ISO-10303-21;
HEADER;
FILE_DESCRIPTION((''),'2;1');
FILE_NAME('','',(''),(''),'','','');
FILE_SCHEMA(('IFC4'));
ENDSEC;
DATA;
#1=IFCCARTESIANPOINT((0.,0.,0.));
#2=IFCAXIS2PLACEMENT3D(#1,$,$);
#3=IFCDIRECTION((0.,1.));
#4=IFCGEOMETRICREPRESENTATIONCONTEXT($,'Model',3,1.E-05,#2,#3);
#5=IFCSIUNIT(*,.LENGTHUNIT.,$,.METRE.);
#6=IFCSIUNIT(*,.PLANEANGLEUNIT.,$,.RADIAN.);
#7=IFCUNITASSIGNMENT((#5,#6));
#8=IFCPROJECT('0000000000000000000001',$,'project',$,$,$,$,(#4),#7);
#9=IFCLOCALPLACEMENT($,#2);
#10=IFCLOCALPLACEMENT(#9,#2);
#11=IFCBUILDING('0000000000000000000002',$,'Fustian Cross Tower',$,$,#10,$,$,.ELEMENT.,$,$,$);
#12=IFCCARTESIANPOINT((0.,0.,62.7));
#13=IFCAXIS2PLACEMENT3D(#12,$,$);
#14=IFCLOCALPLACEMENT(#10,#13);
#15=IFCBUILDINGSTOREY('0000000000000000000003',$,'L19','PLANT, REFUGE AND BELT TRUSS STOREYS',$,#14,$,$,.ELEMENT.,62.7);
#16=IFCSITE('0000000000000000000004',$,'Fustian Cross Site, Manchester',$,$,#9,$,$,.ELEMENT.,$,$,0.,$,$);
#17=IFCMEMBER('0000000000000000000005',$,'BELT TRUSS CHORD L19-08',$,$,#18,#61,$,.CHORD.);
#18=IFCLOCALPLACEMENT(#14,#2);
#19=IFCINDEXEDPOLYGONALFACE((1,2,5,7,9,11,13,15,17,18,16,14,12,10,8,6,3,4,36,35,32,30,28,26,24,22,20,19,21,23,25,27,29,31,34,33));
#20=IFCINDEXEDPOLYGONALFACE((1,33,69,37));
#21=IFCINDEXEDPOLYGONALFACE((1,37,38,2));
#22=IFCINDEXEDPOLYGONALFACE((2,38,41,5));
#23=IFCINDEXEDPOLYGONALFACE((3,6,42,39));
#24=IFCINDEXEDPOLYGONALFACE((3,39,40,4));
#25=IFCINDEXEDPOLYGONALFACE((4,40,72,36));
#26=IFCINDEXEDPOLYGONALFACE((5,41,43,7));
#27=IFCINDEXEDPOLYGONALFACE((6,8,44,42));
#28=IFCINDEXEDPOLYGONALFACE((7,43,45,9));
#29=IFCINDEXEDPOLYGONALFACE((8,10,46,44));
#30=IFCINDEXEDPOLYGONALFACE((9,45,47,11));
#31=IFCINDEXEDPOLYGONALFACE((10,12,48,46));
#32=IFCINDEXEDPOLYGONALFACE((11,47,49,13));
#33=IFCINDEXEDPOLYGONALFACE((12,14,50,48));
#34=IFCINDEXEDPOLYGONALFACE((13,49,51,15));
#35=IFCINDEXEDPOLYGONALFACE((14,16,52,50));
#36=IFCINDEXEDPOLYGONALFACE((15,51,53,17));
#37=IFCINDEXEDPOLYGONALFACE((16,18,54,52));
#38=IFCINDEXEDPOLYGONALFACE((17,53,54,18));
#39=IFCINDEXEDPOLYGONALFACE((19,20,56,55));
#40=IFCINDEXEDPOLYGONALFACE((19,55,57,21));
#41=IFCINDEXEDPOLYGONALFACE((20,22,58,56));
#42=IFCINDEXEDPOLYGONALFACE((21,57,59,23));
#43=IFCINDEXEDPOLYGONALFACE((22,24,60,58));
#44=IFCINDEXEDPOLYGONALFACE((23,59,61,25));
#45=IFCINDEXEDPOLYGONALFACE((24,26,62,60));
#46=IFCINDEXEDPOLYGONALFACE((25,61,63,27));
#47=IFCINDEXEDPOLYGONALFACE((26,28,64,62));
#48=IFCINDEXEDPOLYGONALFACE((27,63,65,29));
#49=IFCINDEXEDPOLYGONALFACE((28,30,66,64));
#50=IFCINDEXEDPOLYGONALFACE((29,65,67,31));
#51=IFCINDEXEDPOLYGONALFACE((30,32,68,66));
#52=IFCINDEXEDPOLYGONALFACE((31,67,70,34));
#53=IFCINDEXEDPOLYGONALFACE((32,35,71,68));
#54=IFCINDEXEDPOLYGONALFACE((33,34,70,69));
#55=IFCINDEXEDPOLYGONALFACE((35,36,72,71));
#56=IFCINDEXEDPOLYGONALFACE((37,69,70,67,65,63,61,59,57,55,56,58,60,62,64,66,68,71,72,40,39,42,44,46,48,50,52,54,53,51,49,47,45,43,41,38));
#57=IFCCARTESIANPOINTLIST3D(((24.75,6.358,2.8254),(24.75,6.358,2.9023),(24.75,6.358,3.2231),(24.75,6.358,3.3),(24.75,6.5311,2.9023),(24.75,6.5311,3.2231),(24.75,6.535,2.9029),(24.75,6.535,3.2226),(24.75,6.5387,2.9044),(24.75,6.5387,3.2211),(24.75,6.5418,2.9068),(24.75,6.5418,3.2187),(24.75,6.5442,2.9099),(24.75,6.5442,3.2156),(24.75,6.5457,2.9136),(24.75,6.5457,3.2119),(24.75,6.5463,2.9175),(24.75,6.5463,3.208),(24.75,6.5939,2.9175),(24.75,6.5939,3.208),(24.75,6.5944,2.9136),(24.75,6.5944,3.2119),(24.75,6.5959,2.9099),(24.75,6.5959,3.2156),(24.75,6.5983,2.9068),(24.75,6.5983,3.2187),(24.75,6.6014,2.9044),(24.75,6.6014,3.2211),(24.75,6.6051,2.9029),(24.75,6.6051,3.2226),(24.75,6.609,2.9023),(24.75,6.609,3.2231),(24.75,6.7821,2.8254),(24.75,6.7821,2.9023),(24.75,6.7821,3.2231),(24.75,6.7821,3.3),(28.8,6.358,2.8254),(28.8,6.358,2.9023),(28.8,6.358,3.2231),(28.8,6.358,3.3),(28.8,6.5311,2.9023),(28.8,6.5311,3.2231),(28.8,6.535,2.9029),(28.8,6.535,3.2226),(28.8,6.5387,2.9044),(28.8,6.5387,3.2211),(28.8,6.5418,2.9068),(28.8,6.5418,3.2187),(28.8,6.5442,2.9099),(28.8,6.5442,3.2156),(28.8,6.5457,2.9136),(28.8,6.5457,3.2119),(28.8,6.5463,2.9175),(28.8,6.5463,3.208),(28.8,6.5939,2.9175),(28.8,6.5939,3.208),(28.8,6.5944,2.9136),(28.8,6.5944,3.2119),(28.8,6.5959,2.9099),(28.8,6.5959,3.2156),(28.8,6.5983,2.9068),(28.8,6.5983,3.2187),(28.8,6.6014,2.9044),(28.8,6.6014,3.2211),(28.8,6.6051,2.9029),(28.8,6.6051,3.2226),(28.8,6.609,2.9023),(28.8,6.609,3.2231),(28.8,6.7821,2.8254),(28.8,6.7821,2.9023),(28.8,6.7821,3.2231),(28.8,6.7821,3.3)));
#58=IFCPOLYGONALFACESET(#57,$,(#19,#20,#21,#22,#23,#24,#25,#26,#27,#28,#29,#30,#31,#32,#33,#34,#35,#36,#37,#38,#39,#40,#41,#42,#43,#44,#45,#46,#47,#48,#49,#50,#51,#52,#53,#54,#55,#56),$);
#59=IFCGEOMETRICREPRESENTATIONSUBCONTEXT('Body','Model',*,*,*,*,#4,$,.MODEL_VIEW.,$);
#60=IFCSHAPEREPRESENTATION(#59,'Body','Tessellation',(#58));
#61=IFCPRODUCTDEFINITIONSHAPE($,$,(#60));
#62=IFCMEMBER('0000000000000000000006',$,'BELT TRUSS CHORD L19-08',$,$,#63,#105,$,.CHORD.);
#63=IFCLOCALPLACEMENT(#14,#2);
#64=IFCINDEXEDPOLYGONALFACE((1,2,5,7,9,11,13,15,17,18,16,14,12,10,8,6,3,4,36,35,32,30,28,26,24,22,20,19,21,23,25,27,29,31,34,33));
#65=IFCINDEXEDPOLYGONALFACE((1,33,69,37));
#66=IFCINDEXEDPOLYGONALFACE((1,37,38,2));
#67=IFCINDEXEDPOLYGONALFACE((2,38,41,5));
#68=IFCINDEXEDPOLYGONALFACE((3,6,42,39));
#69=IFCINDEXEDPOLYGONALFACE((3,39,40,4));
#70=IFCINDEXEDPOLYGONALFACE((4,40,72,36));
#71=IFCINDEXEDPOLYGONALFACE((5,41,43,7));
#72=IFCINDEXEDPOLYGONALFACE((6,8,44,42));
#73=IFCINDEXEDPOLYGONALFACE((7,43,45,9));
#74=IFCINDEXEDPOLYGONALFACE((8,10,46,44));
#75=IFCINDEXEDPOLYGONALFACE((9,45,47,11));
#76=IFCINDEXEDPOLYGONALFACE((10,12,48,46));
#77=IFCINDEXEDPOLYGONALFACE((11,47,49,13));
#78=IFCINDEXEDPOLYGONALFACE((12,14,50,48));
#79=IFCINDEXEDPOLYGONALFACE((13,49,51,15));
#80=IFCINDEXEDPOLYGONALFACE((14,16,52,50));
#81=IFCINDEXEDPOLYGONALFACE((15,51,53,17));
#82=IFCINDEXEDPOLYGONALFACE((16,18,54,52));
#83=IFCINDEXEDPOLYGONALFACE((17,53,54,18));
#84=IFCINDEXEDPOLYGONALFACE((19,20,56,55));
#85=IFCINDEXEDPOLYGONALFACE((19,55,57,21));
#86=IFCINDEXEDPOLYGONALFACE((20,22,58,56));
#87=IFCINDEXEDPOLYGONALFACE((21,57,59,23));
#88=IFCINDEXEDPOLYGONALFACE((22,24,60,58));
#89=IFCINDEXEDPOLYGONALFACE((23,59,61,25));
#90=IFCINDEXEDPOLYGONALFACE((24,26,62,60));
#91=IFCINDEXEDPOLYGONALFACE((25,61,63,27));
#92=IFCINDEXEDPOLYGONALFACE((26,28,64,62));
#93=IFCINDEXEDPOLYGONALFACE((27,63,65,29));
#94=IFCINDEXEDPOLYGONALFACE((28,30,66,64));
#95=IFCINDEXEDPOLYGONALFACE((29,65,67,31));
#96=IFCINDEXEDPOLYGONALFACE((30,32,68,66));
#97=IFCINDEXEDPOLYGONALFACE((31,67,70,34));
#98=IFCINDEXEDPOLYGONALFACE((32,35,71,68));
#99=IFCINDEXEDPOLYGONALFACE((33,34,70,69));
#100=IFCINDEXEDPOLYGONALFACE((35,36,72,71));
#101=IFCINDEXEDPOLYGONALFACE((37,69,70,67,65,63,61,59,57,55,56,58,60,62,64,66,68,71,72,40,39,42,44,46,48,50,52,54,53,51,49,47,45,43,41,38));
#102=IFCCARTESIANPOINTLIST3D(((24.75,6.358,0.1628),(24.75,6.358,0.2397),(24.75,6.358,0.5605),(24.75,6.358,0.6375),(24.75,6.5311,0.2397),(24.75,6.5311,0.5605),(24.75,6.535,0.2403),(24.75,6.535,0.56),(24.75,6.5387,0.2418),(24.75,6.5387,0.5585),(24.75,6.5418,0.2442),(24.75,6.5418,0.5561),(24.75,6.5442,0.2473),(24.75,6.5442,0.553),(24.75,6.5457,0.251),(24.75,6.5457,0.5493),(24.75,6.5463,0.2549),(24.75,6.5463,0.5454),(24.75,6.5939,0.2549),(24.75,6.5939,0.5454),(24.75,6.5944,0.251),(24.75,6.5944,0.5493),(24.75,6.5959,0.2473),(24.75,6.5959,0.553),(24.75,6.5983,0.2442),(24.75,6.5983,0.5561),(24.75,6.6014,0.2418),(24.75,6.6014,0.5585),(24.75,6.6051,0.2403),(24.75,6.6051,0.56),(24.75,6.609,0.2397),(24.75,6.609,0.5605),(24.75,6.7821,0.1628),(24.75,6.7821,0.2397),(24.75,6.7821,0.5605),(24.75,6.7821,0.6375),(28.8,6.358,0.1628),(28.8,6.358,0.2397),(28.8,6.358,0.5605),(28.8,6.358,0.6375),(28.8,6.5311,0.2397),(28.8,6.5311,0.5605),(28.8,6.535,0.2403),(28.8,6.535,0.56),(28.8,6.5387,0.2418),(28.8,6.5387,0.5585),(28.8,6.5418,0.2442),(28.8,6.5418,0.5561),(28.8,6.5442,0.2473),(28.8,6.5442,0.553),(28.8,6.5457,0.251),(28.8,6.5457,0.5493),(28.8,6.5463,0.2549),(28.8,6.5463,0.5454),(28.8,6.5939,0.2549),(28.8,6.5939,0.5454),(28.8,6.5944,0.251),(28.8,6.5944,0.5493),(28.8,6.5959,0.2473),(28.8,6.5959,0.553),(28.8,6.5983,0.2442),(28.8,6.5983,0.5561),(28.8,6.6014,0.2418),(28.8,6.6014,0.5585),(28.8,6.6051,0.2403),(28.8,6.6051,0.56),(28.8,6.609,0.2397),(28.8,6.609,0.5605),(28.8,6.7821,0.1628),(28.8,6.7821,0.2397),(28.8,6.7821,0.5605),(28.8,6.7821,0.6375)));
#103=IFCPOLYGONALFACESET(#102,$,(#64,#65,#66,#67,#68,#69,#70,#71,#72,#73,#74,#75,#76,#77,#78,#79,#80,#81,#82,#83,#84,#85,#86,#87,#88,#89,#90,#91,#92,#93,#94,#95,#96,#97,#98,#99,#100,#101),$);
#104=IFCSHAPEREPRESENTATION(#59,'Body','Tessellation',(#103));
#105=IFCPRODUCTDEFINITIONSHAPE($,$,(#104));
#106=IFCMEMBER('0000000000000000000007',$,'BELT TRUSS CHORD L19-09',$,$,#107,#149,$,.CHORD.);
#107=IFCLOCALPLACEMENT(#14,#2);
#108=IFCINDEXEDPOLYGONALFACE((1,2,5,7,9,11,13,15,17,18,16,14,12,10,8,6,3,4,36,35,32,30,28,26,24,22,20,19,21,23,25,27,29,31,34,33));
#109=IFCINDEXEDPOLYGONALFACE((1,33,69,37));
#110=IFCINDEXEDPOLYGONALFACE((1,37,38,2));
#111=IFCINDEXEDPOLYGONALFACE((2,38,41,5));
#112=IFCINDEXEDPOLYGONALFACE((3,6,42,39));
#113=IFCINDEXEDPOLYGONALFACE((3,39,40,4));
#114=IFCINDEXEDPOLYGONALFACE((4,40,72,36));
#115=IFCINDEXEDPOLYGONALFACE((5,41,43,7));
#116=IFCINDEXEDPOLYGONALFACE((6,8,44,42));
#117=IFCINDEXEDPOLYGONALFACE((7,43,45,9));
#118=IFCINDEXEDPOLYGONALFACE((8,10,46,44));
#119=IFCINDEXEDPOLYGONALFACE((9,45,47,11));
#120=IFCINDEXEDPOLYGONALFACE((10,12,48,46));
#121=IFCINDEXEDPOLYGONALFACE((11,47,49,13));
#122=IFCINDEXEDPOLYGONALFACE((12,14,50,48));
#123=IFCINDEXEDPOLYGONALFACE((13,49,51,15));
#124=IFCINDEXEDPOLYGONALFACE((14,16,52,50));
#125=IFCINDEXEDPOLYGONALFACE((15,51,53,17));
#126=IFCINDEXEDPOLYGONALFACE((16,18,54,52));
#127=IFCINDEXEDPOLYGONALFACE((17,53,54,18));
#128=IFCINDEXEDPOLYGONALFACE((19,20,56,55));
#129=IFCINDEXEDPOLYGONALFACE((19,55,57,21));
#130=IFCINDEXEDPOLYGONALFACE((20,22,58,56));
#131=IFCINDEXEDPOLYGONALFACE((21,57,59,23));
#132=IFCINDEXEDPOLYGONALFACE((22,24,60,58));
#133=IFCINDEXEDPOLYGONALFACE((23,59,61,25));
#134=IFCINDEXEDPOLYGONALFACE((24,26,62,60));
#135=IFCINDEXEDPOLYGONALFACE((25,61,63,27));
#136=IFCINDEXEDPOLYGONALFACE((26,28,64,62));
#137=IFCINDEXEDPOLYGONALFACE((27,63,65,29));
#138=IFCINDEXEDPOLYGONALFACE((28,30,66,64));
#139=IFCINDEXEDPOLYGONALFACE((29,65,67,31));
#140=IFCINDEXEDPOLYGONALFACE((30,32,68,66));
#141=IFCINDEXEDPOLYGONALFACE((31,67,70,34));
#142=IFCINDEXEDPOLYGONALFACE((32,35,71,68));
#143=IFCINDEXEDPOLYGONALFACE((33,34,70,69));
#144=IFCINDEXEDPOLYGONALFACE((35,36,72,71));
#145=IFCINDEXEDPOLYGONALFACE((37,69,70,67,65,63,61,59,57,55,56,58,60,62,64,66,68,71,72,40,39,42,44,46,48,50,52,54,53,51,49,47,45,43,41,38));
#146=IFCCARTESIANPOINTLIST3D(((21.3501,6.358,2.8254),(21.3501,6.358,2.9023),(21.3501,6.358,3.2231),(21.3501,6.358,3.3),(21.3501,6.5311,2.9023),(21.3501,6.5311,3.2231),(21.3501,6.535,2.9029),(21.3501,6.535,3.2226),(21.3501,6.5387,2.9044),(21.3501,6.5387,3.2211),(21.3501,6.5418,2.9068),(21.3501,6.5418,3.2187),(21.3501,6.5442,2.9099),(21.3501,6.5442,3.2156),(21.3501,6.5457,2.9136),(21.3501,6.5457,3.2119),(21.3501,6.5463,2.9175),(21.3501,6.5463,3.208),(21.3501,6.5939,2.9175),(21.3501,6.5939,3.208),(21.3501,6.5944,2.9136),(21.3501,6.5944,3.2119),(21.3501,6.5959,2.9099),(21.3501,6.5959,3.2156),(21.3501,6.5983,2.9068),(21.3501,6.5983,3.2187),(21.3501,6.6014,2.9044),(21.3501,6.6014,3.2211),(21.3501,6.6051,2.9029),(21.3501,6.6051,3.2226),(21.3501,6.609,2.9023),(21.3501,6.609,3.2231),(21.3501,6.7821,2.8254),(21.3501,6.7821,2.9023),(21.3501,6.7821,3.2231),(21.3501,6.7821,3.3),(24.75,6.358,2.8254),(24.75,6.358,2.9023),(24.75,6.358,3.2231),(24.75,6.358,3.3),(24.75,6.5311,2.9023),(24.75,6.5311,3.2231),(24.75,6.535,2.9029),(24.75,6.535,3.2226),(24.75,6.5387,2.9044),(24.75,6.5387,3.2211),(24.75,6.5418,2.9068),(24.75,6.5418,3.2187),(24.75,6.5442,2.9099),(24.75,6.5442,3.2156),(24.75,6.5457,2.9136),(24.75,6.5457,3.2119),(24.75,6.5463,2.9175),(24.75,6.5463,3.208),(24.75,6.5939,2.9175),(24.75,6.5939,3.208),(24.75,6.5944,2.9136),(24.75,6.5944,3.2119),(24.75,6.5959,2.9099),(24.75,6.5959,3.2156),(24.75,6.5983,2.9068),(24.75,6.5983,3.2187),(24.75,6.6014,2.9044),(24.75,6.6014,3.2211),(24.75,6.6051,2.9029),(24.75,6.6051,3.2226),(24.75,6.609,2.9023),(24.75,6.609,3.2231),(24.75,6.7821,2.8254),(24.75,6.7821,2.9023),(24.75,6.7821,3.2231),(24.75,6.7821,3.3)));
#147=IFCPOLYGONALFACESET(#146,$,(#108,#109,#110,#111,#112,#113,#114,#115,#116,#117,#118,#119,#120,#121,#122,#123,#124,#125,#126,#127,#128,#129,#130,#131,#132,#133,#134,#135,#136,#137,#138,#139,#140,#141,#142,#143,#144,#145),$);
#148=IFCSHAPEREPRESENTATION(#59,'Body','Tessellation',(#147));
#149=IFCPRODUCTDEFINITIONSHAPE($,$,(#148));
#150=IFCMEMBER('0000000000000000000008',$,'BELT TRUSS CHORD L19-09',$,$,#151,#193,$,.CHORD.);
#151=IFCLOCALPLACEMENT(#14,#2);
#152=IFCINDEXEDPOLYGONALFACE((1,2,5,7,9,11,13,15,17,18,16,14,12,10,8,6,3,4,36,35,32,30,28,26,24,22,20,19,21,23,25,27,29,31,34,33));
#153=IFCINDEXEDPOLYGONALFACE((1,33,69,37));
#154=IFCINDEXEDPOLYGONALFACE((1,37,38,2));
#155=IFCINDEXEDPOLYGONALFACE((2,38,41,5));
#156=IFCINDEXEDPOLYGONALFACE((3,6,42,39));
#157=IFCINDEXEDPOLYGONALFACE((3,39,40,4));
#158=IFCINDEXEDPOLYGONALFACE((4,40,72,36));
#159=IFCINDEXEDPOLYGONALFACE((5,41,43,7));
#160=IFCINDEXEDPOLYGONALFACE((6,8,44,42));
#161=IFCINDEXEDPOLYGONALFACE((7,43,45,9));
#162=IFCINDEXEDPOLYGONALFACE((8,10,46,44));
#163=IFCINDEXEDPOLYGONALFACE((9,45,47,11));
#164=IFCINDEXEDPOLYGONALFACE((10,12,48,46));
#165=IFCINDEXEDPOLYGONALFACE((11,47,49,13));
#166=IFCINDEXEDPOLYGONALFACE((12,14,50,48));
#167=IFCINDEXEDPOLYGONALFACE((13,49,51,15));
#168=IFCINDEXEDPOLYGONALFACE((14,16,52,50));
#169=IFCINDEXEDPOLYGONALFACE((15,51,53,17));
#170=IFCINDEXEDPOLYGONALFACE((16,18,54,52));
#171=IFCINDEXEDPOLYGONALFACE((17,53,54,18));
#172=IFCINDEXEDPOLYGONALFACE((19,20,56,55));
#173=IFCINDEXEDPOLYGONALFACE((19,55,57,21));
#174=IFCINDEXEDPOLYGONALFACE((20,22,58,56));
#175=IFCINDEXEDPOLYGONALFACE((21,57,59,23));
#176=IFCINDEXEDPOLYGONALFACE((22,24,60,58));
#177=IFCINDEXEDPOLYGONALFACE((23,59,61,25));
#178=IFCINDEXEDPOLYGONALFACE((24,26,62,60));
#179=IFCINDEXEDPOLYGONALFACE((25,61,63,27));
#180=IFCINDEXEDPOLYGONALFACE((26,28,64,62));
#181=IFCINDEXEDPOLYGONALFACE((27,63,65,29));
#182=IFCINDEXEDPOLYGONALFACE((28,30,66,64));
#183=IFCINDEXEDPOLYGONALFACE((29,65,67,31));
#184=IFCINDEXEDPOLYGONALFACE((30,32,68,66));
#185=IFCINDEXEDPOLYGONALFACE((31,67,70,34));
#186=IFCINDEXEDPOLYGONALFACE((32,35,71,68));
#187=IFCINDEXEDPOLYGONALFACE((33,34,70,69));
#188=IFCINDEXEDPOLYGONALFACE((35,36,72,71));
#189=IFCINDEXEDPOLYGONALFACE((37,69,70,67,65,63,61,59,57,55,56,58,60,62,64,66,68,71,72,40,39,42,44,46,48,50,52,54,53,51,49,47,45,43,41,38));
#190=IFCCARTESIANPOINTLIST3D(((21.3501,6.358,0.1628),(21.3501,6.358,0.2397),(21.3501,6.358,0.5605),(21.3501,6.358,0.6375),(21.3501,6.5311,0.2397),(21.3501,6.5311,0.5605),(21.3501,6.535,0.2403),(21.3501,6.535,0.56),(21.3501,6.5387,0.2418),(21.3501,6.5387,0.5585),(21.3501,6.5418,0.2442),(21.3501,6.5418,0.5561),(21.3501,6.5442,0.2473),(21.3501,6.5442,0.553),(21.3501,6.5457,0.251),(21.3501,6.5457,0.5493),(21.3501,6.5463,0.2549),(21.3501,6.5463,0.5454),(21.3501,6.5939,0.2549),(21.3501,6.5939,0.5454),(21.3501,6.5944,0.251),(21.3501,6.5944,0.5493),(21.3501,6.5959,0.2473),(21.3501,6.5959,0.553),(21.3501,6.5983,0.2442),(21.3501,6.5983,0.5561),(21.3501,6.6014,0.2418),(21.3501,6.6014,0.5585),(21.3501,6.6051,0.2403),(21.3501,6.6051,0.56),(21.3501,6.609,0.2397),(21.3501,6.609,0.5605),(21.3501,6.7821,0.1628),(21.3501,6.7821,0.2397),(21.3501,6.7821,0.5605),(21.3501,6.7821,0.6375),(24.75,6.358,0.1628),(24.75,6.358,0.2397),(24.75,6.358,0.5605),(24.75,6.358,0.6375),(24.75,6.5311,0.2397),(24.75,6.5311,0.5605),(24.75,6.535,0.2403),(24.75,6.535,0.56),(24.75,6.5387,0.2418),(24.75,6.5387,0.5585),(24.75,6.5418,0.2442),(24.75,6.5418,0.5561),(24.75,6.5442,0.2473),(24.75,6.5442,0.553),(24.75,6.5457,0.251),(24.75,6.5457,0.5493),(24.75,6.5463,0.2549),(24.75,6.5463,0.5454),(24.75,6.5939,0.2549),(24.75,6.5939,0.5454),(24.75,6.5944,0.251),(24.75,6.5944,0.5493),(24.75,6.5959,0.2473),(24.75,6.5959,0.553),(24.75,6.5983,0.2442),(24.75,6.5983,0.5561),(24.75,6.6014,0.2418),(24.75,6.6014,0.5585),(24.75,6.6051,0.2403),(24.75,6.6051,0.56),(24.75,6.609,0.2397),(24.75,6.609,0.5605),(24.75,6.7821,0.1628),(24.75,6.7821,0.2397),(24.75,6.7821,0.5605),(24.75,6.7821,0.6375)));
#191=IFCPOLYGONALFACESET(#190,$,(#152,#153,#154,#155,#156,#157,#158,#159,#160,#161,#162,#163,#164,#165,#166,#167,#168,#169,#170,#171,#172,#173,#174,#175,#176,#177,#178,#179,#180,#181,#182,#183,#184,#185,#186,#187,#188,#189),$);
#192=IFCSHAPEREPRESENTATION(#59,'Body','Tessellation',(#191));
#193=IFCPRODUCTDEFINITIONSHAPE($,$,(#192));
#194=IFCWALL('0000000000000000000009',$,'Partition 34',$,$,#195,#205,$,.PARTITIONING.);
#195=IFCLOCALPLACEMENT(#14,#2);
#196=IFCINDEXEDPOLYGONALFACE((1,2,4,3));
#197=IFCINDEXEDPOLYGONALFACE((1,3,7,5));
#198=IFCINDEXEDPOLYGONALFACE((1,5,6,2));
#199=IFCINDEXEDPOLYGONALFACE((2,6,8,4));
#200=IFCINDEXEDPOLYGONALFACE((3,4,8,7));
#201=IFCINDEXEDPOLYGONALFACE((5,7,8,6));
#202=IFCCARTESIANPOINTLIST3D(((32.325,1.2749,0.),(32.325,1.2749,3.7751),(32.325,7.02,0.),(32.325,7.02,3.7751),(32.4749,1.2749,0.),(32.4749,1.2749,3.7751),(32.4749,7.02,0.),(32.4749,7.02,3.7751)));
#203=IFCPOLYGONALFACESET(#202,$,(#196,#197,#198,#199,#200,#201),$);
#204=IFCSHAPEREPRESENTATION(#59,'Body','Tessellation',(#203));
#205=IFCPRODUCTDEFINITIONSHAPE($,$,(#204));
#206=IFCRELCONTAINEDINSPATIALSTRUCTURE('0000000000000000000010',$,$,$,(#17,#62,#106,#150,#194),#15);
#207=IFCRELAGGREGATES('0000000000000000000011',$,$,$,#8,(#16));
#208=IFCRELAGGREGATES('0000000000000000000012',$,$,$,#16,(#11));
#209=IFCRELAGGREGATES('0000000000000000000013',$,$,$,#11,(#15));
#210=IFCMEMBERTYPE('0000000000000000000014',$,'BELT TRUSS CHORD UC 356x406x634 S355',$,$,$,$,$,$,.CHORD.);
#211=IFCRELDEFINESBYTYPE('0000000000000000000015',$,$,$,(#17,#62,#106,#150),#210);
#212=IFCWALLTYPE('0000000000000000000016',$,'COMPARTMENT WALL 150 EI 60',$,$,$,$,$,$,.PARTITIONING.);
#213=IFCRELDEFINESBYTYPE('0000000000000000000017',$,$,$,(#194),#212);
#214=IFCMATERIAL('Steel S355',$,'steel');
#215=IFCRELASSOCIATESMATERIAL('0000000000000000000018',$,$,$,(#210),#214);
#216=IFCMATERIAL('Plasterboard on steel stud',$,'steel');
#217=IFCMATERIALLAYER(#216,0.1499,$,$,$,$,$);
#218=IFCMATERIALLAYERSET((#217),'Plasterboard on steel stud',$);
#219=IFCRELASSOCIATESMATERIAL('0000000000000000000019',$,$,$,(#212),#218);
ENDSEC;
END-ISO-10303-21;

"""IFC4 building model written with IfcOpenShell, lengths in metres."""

from ifc_helpers import new_model, si_unit, direction, frame, frame_2d, origin, origin_2d, place, context, subcontext, project, spatial, rectangle, i_section, extrude, material, layer, layer_set, material_profile, profile_set, type_object, element, save


model = new_model("IFC4")

# Units and contexts
model_context = context("Model", 3, precision=1e-05, world=origin(), true_north=direction((0.0, 1.0)))
body_context = subcontext(model_context, "Body", "Model", "MODEL_VIEW")
ifc_project = project(units=[si_unit("LENGTHUNIT", "METRE"), si_unit("PLANEANGLEUNIT", "RADIAN")], contexts=[model_context])

# Site, building, storey
site_placement = place(None, origin())
site = spatial("IfcSite", under=ifc_project, at=site_placement, Name="Fustian Cross Site, Manchester", CompositionType="ELEMENT", RefElevation=0.0)
building_placement = place(site_placement, origin())
building = spatial("IfcBuilding", under=site, at=building_placement, Name="Fustian Cross Tower", CompositionType="ELEMENT")
storey_placement = place(building_placement, frame((0.0, 0.0, 62.7)))
storey = spatial("IfcBuildingStorey", under=building, at=storey_placement, Name="L19", Description="PLANT, REFUGE AND BELT TRUSS STOREYS", CompositionType="ELEMENT", Elevation=62.7)

# Members
ifc_material_1 = material(Name="Steel S355", Category="steel")
ifc_material_profile_1 = material_profile(ifc_material_1, i_section(OverallWidth=0.4241, OverallDepth=0.4746, WebThickness=0.0476, FlangeThickness=0.0769, FilletRadius=0.0151, at=origin_2d()), Name="UC 356x406x634")
ifc_profile_set_1 = profile_set([ifc_material_profile_1], Name="Steel S355")
member_type_1 = type_object("IfcMemberType", Name="BELT TRUSS CHORD UC 356x406x634 S355", PredefinedType="CHORD", material=ifc_profile_set_1)
for number, where, z_axis, x_axis, name in (
    (1, (28.8, 6.5701, 3.0627), (-1.0, 0.0, 0.0), (0.0, -1.0, 0.0), "BELT TRUSS CHORD L19-08"),
    (2, (28.8, 6.5701, 0.4001), (-1.0, 0.0, 0.0), (0.0, -1.0, 0.0), "BELT TRUSS CHORD L19-08"),
):
    element("IfcMember", number, at=place(storey_placement, frame(where, z_axis=z_axis, x_axis=x_axis)), inside=storey, type_object=member_type_1, Name=name, PredefinedType="CHORD", context=body_context, shape_type="SweptSolid", body=[
        extrude(i_section(OverallWidth=0.4241, OverallDepth=0.4746, WebThickness=0.0476, FlangeThickness=0.0769, FilletRadius=0.0151, at=origin_2d()), origin(), (0.0, 0.0, 1.0), 4.05),
    ])
for number, where, z_axis, x_axis, name in (
    (3, (24.75, 6.5701, 3.0627), (-1.0, 0.0, 0.0), (0.0, -1.0, 0.0), "BELT TRUSS CHORD L19-09"),
    (4, (24.75, 6.5701, 0.4001), (-1.0, 0.0, 0.0), (0.0, -1.0, 0.0), "BELT TRUSS CHORD L19-09"),
):
    element("IfcMember", number, at=place(storey_placement, frame(where, z_axis=z_axis, x_axis=x_axis)), inside=storey, type_object=member_type_1, Name=name, PredefinedType="CHORD", context=body_context, shape_type="SweptSolid", body=[
        extrude(i_section(OverallWidth=0.4241, OverallDepth=0.4746, WebThickness=0.0476, FlangeThickness=0.0769, FilletRadius=0.0151, at=origin_2d()), origin(), (0.0, 0.0, 1.0), 3.3999),
    ])

# Wall
ifc_material_2 = material(Name="Plasterboard on steel stud", Category="steel")
ifc_layer_1 = layer(ifc_material_2, 0.1499)
ifc_layer_set_1 = layer_set([ifc_layer_1], Name="Plasterboard on steel stud")
wall_type_1 = type_object("IfcWallType", Name="COMPARTMENT WALL 150 EI 60", PredefinedType="PARTITIONING", material=ifc_layer_set_1)
wall_1_placement = place(storey_placement, frame((32.3999, 1.2749, 0.0), z_axis=(0.0, 0.0, 1.0), x_axis=(0.0, 1.0, 0.0)))
element("IfcWall", 5, at=wall_1_placement, inside=storey, type_object=wall_type_1, Name="Partition 34", PredefinedType="PARTITIONING", context=body_context, shape_type="SweptSolid", body=[
    extrude(rectangle(XDim=5.7451, YDim=0.1499, at=frame_2d((2.8726, 0.0))), origin(), (0.0, 0.0, 1.0), 3.7751),
])

save(model, "model.ifc")
